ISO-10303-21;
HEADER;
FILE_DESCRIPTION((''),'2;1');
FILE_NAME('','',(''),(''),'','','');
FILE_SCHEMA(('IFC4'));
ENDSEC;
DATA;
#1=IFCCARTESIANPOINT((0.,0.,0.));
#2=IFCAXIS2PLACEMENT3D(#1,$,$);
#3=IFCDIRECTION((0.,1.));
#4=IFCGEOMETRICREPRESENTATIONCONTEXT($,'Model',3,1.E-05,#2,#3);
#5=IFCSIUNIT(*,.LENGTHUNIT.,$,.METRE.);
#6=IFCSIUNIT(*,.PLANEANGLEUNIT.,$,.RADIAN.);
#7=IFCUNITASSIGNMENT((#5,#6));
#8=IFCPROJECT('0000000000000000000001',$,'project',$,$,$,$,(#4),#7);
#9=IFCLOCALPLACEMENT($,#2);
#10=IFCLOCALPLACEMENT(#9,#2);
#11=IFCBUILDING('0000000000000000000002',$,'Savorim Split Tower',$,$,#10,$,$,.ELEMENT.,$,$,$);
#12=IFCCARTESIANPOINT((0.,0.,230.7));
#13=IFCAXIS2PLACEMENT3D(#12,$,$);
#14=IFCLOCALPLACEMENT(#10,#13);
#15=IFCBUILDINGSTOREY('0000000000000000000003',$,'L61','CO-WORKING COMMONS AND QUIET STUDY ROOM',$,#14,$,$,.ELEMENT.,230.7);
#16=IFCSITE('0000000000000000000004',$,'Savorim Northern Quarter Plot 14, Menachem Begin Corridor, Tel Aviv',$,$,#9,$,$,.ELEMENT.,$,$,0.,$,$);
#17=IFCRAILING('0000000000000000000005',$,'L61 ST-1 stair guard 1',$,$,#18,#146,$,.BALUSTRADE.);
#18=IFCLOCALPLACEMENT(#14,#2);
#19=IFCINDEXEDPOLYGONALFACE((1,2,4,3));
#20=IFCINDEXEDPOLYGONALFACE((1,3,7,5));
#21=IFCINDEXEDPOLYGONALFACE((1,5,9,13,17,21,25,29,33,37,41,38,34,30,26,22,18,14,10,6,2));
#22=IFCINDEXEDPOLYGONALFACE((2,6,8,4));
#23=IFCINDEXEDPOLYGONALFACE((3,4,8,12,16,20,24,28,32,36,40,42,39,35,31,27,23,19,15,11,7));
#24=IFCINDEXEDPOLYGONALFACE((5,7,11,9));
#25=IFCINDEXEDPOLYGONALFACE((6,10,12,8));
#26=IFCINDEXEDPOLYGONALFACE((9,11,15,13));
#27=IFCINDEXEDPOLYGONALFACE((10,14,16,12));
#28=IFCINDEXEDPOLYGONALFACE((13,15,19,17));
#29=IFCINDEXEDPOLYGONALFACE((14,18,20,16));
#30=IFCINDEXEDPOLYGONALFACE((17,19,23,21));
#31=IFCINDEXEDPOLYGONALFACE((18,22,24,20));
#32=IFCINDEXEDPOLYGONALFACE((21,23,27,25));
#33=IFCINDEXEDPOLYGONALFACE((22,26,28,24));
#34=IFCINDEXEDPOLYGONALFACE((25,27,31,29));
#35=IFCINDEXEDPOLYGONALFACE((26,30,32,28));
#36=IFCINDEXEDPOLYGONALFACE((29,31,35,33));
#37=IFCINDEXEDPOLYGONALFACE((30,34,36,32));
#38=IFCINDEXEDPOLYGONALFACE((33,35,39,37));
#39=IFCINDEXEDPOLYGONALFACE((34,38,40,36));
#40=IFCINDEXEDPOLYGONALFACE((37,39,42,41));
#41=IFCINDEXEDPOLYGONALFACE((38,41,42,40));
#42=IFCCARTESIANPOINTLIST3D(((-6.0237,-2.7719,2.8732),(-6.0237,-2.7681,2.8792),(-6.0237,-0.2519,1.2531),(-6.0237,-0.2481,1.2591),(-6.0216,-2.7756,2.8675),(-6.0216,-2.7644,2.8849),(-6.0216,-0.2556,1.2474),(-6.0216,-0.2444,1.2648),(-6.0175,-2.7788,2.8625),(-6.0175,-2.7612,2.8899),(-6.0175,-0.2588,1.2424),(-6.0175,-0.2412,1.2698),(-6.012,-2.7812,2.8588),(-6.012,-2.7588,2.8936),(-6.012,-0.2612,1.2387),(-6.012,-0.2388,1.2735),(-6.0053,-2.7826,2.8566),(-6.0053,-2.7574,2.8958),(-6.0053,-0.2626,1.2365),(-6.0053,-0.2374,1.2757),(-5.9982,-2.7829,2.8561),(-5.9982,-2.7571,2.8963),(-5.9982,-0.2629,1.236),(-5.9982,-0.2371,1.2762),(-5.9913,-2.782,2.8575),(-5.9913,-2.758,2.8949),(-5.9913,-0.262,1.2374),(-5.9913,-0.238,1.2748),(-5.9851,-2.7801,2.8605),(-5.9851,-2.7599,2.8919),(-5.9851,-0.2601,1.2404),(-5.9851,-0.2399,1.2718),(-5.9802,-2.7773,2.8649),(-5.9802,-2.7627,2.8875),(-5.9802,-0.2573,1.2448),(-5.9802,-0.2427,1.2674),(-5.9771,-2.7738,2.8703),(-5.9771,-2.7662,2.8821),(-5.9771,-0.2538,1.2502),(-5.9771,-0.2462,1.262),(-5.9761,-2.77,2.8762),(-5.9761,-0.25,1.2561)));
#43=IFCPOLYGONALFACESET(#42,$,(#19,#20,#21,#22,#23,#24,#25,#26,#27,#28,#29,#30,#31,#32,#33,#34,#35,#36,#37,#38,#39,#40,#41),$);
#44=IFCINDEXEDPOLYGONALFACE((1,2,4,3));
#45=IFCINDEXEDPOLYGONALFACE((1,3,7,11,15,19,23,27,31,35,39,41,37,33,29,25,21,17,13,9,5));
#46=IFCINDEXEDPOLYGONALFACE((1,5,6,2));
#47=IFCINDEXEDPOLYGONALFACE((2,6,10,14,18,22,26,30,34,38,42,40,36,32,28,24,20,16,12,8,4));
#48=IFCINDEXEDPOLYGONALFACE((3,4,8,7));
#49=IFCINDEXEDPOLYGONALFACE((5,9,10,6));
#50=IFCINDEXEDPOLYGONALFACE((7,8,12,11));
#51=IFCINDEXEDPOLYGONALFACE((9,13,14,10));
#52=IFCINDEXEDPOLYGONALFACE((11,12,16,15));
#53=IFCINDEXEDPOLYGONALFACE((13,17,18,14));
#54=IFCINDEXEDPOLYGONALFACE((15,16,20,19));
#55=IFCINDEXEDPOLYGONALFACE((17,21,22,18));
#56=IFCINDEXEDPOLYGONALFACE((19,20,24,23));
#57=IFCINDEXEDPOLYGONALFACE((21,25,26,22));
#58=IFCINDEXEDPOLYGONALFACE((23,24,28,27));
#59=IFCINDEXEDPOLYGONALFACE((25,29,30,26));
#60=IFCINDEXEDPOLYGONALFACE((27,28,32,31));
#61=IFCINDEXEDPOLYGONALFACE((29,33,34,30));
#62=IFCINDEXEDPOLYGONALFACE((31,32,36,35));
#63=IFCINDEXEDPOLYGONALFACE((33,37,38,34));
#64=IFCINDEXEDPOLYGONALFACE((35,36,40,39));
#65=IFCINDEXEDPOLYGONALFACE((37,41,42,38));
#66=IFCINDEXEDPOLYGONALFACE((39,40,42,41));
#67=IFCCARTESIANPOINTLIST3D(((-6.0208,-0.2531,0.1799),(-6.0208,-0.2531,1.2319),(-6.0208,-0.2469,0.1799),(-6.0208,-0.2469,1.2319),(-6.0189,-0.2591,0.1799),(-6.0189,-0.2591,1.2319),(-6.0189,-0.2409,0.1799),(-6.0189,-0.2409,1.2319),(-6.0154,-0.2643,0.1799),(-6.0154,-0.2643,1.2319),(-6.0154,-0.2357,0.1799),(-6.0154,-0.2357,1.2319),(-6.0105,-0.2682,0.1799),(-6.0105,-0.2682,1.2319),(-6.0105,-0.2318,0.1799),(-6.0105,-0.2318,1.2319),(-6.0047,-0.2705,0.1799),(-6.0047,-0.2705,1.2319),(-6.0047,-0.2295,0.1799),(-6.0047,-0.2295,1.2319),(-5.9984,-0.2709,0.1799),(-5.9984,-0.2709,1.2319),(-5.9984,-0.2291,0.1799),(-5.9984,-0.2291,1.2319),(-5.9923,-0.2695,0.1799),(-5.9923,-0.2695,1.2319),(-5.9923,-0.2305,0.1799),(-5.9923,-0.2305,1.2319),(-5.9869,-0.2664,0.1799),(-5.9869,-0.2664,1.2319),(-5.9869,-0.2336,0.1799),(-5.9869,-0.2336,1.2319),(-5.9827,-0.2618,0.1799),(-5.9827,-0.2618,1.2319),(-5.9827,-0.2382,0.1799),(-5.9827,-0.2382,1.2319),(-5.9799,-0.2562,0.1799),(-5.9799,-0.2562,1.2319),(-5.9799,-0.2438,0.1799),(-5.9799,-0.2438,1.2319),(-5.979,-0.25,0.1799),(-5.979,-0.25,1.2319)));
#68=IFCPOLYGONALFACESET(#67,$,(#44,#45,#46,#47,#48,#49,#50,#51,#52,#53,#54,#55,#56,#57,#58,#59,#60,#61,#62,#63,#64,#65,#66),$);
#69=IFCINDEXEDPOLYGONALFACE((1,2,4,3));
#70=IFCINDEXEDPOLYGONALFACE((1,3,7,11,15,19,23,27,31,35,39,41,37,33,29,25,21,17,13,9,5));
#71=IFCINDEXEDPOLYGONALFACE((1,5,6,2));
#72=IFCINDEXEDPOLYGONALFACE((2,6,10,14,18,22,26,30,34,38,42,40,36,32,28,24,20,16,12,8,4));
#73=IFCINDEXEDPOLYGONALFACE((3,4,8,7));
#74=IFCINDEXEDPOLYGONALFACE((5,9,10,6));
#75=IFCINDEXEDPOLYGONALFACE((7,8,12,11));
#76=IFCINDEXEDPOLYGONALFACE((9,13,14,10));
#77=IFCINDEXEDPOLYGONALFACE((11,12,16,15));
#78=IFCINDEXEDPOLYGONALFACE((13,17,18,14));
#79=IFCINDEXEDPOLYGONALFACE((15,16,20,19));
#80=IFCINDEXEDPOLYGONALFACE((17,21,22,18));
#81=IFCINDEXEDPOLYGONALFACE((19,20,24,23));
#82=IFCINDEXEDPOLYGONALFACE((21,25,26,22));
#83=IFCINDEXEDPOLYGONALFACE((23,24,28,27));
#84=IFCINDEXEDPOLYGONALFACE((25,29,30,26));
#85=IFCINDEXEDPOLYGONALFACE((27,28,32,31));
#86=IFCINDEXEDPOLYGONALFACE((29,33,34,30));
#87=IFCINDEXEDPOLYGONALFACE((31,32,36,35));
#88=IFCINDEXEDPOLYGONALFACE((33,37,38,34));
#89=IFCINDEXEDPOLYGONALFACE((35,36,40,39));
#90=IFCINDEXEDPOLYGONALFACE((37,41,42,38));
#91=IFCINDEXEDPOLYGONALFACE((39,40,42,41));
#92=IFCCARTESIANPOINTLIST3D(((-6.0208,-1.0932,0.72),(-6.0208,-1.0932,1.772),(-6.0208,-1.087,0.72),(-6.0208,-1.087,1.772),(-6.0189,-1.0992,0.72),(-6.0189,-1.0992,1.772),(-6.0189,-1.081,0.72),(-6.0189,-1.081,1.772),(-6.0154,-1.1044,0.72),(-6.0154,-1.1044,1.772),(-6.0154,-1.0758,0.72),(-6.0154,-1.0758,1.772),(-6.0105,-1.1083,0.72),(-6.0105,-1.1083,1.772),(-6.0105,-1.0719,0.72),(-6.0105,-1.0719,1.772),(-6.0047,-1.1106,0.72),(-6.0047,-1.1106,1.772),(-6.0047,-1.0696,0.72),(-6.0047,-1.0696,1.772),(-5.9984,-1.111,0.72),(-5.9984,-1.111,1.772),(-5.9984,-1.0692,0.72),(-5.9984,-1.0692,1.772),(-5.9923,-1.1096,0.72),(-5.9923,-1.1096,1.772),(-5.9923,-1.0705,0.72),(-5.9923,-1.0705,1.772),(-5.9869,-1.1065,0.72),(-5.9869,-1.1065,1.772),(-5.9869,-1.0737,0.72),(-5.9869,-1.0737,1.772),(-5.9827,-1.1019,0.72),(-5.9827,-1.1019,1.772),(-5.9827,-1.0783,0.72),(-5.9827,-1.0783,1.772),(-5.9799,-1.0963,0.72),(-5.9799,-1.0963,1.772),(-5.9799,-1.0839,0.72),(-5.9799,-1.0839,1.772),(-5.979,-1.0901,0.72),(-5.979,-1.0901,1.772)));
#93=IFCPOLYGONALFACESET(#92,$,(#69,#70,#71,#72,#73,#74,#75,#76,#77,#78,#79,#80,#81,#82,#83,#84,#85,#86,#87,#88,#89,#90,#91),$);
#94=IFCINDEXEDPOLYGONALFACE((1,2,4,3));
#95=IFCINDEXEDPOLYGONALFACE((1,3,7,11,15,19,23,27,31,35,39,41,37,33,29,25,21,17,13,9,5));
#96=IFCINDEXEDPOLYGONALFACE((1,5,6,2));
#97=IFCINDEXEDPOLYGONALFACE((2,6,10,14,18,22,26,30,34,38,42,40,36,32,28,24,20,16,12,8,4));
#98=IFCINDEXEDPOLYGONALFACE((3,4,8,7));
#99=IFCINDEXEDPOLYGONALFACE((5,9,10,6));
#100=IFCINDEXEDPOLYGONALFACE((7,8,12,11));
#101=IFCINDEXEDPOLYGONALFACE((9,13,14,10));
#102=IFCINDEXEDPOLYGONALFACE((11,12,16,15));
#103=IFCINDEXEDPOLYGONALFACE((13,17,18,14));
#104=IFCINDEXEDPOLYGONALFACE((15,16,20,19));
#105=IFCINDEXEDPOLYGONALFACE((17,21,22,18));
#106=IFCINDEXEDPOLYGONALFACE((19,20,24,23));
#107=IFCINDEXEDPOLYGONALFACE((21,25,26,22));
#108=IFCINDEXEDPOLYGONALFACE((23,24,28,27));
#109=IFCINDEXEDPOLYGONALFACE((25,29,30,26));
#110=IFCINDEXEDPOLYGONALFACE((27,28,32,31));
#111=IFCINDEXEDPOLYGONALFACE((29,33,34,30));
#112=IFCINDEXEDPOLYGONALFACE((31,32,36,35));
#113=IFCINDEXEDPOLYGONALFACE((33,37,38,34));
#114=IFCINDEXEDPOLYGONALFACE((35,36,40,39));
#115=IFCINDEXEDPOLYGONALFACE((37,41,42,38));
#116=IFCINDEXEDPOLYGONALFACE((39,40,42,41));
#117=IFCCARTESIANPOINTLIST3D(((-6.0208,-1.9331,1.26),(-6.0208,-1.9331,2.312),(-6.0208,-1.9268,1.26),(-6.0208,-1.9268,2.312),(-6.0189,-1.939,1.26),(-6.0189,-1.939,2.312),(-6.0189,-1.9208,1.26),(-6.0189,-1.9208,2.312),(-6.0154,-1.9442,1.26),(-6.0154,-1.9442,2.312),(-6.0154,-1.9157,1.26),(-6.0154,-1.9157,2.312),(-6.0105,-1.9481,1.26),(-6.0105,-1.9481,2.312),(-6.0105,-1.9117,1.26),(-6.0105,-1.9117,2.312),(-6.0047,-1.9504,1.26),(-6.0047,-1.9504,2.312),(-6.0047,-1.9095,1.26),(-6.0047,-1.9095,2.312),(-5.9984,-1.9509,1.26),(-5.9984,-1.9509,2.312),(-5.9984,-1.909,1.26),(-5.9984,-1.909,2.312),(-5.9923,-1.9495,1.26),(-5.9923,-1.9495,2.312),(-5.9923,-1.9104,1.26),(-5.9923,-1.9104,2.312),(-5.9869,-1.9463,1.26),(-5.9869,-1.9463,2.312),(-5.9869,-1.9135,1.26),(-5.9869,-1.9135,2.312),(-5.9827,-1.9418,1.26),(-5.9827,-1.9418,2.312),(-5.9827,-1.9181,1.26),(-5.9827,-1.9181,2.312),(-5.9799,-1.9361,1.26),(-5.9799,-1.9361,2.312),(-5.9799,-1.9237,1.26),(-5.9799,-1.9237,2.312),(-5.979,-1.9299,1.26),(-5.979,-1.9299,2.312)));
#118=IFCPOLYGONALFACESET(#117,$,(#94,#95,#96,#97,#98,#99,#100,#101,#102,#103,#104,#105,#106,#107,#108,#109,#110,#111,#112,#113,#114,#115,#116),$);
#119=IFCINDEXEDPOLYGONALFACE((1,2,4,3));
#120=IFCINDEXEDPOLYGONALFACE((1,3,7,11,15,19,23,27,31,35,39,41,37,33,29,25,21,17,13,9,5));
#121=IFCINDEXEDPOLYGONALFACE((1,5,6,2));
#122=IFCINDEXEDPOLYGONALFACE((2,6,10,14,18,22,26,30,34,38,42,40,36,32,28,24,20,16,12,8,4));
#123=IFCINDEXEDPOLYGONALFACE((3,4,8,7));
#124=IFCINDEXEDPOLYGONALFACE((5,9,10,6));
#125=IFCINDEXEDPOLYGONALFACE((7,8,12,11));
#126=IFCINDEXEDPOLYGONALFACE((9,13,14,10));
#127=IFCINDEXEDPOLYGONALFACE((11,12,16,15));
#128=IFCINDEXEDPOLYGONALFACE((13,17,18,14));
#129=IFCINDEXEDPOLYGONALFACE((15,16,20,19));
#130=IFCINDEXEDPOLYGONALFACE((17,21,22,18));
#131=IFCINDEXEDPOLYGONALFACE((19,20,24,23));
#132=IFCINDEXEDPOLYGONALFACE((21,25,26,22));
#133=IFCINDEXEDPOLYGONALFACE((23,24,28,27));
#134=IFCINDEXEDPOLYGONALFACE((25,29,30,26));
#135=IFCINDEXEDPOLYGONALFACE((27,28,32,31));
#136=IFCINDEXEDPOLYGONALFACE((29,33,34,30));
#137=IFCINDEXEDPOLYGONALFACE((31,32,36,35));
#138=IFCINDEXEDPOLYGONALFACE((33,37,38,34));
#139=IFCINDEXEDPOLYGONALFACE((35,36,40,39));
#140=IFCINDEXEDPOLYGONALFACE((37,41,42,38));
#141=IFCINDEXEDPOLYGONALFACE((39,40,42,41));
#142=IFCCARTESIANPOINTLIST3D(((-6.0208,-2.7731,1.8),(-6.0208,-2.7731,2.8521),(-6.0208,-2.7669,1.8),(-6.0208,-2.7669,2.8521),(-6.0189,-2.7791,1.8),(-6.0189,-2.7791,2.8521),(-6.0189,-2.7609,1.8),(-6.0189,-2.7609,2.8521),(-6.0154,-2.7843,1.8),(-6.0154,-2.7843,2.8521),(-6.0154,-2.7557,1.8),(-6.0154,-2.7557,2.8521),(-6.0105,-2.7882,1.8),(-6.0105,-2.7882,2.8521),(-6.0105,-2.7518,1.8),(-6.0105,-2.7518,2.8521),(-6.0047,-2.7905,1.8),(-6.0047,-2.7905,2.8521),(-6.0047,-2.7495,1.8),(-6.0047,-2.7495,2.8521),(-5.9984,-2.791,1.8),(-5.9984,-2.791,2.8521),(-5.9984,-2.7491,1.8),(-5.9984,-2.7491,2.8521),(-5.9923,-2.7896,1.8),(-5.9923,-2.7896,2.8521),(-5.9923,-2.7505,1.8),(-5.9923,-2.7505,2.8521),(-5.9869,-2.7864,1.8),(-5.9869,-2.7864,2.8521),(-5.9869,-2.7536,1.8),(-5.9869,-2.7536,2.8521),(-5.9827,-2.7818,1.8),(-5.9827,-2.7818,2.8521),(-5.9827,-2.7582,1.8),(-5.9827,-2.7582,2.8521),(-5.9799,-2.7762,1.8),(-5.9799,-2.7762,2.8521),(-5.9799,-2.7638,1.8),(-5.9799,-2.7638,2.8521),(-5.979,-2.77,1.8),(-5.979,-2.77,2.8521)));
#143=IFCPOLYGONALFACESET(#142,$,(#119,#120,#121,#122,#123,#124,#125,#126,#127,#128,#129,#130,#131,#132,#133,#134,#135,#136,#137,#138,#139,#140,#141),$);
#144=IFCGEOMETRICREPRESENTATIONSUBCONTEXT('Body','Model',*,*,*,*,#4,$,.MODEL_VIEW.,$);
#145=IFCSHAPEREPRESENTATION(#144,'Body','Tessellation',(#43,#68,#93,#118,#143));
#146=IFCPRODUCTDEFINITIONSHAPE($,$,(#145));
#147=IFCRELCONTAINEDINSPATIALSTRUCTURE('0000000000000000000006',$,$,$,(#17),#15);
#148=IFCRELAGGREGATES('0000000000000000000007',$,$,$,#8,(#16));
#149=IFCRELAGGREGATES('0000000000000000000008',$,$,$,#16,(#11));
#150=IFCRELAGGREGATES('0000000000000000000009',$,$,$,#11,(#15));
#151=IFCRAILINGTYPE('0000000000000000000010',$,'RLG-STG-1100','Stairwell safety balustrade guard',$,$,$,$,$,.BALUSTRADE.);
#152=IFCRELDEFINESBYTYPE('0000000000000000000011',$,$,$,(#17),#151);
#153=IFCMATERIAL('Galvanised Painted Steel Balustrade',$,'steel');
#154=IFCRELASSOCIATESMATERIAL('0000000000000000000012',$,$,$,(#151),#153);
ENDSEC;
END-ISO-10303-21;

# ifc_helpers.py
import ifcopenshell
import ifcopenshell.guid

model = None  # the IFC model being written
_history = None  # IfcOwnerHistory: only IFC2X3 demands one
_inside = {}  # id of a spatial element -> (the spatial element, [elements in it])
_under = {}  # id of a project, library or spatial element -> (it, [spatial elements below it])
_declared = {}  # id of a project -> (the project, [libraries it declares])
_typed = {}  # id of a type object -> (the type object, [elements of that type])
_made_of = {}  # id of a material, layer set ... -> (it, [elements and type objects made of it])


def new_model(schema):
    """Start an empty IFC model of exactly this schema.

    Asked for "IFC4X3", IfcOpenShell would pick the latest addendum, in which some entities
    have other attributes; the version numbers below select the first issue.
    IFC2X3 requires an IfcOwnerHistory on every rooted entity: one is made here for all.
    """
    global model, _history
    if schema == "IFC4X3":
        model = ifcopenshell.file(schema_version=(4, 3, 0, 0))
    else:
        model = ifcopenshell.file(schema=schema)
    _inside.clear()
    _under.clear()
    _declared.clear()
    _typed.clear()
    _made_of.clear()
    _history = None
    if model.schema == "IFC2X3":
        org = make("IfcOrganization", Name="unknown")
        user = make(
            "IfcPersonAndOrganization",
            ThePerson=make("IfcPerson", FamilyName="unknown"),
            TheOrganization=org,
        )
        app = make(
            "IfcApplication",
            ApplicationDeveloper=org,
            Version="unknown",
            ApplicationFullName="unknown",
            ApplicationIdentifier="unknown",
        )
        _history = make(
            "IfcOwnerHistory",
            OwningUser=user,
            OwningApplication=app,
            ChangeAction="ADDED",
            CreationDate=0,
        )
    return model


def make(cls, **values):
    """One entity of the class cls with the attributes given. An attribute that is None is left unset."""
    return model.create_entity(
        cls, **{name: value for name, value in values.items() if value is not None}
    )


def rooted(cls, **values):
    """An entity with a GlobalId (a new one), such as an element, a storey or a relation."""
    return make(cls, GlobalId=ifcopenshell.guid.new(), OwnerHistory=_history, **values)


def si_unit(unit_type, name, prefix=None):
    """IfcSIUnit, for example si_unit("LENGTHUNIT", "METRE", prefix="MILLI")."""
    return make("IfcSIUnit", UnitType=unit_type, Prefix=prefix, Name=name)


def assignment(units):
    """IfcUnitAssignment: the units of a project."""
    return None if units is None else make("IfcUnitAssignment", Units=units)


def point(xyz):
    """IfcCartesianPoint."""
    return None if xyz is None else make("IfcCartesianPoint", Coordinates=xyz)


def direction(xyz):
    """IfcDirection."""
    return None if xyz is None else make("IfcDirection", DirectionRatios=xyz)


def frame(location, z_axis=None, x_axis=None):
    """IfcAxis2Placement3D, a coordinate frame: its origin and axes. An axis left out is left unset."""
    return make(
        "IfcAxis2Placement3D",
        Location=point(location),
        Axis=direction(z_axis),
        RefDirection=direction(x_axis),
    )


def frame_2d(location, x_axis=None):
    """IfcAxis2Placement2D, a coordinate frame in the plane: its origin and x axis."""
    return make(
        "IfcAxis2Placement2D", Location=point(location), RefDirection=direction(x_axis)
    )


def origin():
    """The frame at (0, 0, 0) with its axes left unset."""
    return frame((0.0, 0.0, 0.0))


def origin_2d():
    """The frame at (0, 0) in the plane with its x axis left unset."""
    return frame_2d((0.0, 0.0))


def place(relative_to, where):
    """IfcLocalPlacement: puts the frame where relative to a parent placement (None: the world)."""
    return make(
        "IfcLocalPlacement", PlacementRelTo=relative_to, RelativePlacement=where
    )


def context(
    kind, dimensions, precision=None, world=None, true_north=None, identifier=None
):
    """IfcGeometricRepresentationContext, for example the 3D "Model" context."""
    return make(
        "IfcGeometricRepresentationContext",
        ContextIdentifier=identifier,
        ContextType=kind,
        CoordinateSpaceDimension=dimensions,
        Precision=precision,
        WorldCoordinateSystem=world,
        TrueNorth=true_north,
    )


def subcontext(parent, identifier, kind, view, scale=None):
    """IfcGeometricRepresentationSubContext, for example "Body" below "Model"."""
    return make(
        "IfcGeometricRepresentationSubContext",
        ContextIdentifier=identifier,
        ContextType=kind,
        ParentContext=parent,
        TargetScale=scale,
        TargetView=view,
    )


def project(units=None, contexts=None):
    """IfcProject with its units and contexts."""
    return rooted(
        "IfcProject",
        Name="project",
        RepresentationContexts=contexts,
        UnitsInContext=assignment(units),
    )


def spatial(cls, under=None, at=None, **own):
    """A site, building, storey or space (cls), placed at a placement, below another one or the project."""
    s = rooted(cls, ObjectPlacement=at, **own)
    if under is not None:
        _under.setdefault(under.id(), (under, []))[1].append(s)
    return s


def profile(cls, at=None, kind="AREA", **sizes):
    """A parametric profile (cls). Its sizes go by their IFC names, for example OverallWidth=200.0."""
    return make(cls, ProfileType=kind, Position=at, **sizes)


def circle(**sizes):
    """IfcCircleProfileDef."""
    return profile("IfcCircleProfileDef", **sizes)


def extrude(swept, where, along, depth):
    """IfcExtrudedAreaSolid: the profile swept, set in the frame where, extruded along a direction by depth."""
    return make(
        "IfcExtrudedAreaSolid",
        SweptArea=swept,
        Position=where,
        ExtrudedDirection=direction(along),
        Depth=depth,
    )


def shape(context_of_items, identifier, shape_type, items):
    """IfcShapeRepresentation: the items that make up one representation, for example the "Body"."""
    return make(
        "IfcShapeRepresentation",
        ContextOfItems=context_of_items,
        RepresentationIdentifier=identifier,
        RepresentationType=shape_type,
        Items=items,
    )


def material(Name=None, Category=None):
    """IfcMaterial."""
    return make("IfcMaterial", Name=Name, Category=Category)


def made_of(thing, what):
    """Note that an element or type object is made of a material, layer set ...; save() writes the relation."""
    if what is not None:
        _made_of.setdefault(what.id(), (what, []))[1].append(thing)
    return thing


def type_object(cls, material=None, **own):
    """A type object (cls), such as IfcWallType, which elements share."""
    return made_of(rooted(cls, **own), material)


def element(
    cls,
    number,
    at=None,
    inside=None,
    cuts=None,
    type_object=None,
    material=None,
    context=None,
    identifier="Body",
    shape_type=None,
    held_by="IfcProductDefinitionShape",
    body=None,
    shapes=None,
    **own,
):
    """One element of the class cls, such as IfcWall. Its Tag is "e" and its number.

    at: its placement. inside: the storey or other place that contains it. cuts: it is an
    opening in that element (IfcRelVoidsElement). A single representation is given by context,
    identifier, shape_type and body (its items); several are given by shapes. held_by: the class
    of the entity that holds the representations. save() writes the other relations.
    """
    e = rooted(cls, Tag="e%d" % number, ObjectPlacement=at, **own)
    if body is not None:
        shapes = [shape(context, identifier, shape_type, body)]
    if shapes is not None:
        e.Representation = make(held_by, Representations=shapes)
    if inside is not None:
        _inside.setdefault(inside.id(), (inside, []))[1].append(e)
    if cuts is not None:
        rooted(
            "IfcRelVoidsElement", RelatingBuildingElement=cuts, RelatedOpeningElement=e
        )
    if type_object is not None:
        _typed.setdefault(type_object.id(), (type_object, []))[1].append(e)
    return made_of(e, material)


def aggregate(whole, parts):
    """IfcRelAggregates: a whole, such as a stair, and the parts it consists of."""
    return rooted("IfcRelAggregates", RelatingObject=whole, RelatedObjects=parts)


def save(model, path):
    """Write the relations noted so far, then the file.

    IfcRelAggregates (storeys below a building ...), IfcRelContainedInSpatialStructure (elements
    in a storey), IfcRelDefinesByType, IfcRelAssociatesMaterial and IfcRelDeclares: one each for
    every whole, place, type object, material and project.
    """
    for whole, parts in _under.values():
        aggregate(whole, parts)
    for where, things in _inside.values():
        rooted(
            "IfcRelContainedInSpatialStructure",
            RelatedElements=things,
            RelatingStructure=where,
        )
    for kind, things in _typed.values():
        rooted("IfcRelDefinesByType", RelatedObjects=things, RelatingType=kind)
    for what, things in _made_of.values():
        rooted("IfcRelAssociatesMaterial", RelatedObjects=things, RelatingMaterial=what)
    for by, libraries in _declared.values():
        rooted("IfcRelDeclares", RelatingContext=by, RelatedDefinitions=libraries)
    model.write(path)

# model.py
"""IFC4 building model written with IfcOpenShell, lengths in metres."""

from ifc_helpers import new_model, si_unit, direction, frame, origin, origin_2d, place, context, subcontext, project, spatial, circle, extrude, material, type_object, element, save


model = new_model("IFC4")

# Units and contexts
model_context = context("Model", 3, precision=1e-05, world=origin(), true_north=direction((0.0, 1.0)))
body_context = subcontext(model_context, "Body", "Model", "MODEL_VIEW")
ifc_project = project(units=[si_unit("LENGTHUNIT", "METRE"), si_unit("PLANEANGLEUNIT", "RADIAN")], contexts=[model_context])

# Site, building, storey
site_placement = place(None, origin())
site = spatial("IfcSite", under=ifc_project, at=site_placement, Name="Savorim Northern Quarter Plot 14, Menachem Begin Corridor, Tel Aviv", CompositionType="ELEMENT", RefElevation=0.0)
building_placement = place(site_placement, origin())
building = spatial("IfcBuilding", under=site, at=building_placement, Name="Savorim Split Tower", CompositionType="ELEMENT")
storey_placement = place(building_placement, frame((0.0, 0.0, 230.7)))
storey = spatial("IfcBuildingStorey", under=building, at=storey_placement, Name="L61", Description="CO-WORKING COMMONS AND QUIET STUDY ROOM", CompositionType="ELEMENT", Elevation=230.7)

# Railing
ifc_material_1 = material(Name="Galvanised Painted Steel Balustrade", Category="steel")
railing_type_1 = type_object("IfcRailingType", Name="RLG-STG-1100", Description="Stairwell safety balustrade guard", PredefinedType="BALUSTRADE", material=ifc_material_1)
railing_1_placement = place(storey_placement, frame((-6.0, -0.25, 0.1799)))
element("IfcRailing", 1, at=railing_1_placement, inside=storey, type_object=railing_type_1, Name="L61 ST-1 stair guard 1", PredefinedType="BALUSTRADE", context=body_context, shape_type="SweptSolid", body=[
    extrude(circle(Radius=0.0239, at=origin_2d()), frame((0.0, 0.0, 1.0762), z_axis=(0.0, -0.841163, 0.540782), x_axis=(1.0, 0.0, 0.0)), (0.0, 0.0, 1.0), 2.9958),
    extrude(circle(Radius=0.021, at=origin_2d()), origin(), (0.0, 0.0, 1.0), 1.052),
    extrude(circle(Radius=0.021, at=origin_2d()), frame((0.0, -0.8401, 0.54)), (0.0, 0.0, 1.0), 1.052),
    extrude(circle(Radius=0.021, at=origin_2d()), frame((0.0, -1.6799, 1.0801)), (0.0, 0.0, 1.0), 1.052),
    extrude(circle(Radius=0.021, at=origin_2d()), frame((0.0, -2.52, 1.6201)), (0.0, 0.0, 1.0), 1.052),
])

save(model, "model.ifc")
